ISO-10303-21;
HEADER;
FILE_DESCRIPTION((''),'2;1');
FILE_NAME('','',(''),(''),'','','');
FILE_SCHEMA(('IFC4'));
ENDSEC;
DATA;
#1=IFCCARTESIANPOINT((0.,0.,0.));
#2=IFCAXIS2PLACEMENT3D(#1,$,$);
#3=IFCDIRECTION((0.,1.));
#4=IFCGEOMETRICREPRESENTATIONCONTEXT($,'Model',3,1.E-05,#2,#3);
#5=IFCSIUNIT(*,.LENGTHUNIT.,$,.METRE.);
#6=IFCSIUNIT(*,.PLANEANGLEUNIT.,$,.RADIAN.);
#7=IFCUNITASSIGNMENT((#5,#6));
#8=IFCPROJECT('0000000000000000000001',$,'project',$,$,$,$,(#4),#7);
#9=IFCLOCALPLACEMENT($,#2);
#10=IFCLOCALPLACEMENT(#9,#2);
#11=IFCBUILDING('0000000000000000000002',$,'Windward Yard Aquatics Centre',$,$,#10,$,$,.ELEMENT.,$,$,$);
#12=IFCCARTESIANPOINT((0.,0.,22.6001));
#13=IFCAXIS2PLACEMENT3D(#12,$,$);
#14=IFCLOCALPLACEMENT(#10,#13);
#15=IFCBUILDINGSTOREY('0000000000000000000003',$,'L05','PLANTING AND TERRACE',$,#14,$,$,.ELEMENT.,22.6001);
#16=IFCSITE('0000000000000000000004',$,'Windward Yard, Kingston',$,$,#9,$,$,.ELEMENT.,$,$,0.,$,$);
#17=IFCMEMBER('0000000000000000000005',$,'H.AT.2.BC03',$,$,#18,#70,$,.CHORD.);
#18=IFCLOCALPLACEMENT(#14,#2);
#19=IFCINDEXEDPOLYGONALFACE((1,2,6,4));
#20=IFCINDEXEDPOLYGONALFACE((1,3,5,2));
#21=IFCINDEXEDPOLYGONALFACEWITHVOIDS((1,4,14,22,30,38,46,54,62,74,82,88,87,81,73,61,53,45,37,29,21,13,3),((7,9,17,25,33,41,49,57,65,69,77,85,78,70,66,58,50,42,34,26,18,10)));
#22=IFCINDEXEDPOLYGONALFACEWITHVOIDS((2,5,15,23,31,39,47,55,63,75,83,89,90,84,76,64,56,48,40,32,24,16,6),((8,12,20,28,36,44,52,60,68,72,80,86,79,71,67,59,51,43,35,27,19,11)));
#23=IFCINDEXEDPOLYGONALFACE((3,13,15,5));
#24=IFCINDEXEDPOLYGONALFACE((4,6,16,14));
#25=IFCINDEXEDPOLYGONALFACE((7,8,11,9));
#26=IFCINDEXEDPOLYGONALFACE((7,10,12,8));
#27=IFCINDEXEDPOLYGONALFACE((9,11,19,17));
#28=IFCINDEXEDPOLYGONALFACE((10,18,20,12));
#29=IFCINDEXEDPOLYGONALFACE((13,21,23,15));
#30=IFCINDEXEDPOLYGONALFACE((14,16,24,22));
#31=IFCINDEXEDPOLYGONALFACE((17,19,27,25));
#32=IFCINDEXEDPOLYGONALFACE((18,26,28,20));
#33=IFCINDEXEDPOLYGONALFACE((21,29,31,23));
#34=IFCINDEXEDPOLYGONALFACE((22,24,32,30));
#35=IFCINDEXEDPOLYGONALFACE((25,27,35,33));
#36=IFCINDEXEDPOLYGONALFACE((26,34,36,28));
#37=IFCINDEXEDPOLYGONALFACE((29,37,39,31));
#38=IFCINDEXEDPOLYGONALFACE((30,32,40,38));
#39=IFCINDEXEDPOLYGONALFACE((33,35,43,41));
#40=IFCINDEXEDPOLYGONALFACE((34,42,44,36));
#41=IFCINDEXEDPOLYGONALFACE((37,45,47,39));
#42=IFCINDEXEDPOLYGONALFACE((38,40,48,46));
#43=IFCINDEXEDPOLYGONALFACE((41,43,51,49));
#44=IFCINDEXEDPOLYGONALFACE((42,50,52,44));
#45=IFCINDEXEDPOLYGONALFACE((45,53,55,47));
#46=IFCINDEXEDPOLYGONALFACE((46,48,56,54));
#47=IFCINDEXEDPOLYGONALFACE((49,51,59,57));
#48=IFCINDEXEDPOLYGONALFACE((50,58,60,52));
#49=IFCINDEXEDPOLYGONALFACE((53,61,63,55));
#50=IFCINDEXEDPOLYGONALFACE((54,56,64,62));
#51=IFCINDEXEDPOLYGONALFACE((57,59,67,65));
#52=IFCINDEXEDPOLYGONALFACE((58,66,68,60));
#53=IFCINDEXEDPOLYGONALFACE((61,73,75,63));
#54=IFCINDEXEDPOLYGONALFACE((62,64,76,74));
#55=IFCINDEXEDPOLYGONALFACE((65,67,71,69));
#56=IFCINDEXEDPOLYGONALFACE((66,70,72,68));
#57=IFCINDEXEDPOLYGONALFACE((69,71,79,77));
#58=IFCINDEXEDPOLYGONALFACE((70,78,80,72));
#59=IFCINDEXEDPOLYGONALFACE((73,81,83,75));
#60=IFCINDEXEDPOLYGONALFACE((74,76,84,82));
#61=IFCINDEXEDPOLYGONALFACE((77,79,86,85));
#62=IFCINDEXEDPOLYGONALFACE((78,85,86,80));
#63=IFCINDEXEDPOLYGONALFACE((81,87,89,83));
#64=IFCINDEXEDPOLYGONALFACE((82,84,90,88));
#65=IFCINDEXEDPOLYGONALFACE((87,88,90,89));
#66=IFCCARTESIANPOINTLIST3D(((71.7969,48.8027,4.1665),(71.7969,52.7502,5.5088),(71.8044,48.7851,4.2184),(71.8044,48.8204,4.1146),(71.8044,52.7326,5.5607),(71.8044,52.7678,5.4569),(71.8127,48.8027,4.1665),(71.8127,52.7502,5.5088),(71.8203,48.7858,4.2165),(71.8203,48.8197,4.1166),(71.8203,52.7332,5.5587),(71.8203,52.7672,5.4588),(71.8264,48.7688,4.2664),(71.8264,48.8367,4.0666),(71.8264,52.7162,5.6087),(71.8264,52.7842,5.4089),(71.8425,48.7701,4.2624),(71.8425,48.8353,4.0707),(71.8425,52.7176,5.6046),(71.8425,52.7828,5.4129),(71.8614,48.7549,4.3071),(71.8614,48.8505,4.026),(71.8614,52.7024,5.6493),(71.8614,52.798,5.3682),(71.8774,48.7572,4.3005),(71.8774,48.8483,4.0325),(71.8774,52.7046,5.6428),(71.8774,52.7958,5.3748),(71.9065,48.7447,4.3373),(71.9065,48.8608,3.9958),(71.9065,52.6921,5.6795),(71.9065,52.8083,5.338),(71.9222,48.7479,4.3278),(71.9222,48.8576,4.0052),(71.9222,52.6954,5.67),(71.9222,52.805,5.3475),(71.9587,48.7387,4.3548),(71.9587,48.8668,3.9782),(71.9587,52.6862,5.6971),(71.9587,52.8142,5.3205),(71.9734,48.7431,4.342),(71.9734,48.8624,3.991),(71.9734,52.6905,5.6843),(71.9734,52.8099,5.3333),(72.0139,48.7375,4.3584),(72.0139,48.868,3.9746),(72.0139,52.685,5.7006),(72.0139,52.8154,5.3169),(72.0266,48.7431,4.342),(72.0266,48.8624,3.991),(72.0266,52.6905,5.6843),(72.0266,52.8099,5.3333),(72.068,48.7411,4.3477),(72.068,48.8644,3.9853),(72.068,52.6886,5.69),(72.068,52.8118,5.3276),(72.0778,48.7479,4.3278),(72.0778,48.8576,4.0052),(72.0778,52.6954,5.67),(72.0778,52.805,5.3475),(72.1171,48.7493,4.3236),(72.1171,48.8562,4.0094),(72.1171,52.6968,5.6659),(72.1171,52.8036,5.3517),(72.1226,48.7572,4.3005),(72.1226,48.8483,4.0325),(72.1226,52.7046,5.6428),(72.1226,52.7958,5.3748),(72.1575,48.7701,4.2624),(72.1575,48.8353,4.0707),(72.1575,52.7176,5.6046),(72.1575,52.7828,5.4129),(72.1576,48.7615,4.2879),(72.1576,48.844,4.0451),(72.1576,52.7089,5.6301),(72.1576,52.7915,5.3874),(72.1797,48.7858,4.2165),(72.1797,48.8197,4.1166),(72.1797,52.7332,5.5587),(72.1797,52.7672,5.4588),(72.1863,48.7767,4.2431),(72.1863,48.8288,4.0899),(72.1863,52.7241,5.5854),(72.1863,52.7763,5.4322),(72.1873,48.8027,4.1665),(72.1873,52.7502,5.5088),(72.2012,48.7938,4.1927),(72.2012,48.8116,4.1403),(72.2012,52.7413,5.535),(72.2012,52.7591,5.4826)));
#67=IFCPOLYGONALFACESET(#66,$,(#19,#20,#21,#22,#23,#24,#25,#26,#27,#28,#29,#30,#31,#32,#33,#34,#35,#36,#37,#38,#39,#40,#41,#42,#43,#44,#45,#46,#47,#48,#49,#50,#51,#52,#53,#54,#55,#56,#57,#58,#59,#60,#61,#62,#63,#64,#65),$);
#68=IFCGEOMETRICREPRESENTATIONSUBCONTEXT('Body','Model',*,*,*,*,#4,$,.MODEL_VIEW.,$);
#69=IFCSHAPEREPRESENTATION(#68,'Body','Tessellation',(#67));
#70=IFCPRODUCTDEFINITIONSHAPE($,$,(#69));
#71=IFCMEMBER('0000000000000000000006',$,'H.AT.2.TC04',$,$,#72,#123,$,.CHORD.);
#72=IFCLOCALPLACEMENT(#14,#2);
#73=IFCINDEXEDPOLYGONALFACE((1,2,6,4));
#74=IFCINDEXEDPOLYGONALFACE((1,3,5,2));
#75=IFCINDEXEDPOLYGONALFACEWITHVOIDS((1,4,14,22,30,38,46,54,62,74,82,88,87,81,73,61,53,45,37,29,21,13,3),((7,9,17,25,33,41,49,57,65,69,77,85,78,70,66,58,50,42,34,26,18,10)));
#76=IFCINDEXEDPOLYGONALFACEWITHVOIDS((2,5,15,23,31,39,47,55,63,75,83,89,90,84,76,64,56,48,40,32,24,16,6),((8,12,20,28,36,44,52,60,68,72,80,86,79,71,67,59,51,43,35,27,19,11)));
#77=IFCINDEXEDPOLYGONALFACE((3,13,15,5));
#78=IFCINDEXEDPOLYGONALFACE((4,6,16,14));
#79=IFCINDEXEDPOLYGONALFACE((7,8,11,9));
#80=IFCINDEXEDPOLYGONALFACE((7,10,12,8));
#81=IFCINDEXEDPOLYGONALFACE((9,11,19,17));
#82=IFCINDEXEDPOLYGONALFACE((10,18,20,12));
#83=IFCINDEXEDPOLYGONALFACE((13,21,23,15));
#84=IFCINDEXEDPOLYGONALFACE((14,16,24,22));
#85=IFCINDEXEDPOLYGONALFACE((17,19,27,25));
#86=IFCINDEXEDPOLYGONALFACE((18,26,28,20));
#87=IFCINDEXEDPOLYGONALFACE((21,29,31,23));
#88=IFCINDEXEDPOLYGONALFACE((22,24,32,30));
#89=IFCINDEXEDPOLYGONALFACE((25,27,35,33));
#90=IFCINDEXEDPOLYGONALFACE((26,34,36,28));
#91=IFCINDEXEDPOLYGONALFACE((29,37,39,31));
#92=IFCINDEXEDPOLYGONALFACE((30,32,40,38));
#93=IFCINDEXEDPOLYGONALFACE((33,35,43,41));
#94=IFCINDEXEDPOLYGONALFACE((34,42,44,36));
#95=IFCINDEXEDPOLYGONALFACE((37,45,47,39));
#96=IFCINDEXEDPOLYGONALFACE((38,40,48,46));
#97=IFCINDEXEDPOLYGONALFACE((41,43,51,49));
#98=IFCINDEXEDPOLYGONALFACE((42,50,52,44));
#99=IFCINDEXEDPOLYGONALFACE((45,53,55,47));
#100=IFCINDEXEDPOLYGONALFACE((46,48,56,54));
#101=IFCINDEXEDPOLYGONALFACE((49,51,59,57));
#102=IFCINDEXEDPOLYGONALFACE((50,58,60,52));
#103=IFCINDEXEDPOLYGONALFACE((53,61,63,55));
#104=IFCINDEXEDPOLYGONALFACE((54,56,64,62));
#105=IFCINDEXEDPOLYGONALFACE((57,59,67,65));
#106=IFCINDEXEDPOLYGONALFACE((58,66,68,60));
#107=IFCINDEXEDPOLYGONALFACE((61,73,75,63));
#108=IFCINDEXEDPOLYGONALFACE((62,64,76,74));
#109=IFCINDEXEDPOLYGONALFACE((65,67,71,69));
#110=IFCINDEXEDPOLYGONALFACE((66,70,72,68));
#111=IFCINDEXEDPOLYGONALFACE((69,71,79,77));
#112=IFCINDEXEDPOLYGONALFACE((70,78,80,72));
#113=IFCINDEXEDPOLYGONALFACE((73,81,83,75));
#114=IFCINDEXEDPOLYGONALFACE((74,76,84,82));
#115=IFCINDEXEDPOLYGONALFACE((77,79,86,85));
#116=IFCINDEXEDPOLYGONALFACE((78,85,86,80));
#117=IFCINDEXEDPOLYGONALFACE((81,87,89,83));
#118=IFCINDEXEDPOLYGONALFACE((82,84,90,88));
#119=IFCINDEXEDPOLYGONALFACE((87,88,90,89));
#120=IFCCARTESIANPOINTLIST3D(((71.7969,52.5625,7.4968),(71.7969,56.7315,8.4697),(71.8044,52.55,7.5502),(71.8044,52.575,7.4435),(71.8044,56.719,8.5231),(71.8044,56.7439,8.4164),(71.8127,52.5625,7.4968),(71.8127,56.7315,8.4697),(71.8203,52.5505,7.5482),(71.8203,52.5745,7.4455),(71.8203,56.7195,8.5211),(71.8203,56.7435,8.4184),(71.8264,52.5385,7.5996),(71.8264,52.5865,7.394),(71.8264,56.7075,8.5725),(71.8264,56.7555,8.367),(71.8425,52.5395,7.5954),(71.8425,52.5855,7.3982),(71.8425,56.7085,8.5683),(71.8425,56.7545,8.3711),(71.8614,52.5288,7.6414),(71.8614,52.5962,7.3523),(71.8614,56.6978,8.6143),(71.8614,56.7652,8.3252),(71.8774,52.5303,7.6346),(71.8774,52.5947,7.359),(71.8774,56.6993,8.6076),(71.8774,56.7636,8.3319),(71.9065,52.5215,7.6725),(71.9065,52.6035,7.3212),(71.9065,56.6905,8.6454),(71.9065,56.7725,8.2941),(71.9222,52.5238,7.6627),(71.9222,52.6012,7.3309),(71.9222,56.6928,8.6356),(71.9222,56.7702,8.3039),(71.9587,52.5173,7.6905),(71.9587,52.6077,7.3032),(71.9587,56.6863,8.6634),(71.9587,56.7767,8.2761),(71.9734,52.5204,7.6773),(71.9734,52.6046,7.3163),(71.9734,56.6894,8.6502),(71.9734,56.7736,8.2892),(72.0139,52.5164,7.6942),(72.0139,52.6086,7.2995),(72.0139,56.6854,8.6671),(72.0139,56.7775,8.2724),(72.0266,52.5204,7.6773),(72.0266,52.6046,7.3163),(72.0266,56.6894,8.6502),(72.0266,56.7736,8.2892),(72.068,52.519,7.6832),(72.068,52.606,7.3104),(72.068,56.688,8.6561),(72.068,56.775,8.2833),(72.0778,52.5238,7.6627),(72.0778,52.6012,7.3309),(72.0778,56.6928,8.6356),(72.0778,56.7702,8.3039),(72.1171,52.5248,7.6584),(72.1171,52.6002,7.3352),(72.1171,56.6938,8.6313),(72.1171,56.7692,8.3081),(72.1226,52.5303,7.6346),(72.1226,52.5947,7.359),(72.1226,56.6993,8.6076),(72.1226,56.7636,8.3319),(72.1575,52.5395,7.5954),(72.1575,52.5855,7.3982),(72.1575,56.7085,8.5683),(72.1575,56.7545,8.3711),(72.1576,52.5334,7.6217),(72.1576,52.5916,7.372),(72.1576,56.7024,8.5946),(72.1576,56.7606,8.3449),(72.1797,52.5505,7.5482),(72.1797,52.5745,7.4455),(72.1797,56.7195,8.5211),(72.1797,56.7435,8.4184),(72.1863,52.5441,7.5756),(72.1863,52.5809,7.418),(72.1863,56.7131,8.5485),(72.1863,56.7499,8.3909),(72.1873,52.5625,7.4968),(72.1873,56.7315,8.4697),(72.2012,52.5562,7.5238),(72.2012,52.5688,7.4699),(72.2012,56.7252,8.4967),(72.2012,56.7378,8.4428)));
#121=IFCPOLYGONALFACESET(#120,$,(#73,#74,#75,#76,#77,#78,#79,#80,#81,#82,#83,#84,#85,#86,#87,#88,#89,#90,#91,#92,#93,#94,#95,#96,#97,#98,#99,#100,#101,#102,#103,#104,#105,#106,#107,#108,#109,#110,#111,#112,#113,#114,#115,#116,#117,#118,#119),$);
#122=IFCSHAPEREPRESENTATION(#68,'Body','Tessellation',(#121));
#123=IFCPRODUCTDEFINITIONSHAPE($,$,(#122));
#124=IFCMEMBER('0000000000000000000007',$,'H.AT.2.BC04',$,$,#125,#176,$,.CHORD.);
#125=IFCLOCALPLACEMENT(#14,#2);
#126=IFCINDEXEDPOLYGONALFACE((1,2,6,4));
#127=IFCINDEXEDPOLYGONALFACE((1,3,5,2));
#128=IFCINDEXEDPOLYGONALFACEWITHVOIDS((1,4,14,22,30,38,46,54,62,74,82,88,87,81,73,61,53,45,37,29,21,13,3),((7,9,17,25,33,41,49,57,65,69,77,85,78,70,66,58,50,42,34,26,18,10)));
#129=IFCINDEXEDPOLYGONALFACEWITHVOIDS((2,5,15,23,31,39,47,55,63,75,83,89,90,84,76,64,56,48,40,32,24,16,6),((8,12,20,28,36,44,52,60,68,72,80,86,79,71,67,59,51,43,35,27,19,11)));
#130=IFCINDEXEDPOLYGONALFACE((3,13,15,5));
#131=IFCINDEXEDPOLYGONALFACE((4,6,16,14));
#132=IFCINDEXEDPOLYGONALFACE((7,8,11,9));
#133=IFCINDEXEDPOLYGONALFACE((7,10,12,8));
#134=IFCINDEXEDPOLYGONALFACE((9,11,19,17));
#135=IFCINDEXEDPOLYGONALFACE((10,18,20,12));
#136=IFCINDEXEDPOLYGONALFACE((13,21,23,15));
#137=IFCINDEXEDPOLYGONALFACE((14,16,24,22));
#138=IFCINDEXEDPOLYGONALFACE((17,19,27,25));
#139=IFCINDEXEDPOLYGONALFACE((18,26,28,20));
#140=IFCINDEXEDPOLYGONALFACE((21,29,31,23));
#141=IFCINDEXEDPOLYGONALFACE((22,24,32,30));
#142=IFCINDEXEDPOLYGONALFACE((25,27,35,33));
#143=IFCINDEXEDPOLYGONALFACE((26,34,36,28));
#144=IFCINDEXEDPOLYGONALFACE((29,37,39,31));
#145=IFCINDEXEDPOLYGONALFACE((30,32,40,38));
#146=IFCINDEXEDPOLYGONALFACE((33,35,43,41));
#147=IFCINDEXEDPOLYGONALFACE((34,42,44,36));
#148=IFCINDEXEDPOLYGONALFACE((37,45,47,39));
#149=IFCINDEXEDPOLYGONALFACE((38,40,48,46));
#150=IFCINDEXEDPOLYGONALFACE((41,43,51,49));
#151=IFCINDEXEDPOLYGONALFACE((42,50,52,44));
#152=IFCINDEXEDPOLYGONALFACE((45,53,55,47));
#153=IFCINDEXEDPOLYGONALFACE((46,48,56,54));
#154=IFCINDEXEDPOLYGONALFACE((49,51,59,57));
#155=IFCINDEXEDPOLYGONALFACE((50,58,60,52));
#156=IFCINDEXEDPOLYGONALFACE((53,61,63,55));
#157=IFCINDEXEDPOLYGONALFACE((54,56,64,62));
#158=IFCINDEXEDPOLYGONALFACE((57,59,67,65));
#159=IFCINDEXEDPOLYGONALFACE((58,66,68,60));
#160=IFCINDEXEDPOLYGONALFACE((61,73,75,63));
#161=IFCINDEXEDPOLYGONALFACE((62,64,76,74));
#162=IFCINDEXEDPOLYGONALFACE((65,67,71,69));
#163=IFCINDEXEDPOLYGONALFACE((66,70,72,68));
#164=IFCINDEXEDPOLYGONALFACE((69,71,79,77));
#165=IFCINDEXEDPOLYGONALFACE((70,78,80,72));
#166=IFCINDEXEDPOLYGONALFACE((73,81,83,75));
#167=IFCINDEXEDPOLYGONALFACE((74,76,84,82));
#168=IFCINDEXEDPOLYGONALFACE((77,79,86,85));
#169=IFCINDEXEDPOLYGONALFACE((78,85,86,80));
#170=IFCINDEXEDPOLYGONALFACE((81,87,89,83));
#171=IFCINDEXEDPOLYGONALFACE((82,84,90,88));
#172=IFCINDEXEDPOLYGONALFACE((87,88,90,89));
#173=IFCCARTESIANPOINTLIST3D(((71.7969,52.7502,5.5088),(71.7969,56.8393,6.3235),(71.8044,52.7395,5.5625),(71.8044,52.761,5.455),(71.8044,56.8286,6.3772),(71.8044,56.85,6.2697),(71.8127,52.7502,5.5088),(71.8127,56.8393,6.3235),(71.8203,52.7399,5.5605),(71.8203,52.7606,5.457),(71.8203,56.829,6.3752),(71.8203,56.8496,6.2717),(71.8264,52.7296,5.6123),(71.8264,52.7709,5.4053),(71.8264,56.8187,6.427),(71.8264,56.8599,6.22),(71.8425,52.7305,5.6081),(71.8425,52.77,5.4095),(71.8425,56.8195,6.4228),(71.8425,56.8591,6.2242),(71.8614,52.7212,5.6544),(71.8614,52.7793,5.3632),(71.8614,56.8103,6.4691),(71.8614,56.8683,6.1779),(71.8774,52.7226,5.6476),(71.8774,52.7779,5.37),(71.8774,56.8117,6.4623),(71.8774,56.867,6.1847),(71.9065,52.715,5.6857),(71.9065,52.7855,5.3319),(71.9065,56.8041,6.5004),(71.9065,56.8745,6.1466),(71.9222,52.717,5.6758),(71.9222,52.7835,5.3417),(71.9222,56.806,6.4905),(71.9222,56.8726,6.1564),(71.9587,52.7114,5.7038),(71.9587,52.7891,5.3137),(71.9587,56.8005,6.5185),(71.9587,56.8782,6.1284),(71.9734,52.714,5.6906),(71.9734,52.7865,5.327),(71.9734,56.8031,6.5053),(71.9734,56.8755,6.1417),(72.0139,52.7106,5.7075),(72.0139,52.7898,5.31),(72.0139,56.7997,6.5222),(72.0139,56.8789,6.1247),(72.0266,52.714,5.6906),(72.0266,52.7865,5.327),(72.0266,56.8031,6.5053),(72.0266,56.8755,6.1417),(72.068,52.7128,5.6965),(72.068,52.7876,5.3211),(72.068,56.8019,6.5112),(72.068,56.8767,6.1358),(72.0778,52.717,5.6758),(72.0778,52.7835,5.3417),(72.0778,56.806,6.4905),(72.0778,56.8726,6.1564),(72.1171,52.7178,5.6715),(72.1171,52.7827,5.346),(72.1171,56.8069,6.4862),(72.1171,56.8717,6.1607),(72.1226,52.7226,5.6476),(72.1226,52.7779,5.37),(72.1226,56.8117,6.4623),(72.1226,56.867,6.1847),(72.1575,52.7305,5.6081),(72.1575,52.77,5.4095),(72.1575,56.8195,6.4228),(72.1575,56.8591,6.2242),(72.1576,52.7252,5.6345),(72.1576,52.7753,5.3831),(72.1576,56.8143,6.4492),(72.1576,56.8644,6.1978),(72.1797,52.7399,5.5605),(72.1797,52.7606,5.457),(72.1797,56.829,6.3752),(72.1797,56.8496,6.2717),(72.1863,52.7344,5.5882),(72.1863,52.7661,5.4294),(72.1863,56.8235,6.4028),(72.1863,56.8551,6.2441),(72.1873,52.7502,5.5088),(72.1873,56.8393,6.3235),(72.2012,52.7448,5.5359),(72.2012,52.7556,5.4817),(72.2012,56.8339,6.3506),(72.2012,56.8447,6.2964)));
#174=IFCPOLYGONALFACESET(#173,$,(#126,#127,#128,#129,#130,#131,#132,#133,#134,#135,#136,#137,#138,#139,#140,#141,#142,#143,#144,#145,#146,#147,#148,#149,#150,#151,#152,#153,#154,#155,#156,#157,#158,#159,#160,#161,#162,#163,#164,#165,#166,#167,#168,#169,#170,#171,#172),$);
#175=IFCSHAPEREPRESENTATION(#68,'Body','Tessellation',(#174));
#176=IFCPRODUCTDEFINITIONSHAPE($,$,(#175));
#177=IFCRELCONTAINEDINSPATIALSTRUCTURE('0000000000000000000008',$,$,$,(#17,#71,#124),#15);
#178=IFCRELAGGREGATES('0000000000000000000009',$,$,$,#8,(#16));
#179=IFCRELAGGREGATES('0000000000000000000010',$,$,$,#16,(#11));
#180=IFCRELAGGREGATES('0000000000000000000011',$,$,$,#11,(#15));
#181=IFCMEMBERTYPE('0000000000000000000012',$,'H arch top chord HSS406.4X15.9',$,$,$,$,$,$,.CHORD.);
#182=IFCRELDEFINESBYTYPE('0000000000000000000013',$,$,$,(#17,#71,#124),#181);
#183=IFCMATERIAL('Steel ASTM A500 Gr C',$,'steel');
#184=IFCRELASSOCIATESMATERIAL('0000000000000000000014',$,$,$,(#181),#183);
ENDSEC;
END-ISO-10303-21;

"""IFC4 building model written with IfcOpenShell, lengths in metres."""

from ifc_helpers import new_model, si_unit, direction, frame, origin, origin_2d, place, context, subcontext, project, spatial, hollow_circle, extrude, material, material_profile, profile_set, type_object, element, save


model = new_model("IFC4")

# Units and contexts
model_context = context("Model", 3, precision=1e-05, world=origin(), true_north=direction((0.0, 1.0)))
body_context = subcontext(model_context, "Body", "Model", "MODEL_VIEW")
ifc_project = project(units=[si_unit("LENGTHUNIT", "METRE"), si_unit("PLANEANGLEUNIT", "RADIAN")], contexts=[model_context])

# Site, building, storey
site_placement = place(None, origin())
site = spatial("IfcSite", under=ifc_project, at=site_placement, Name="Windward Yard, Kingston", CompositionType="ELEMENT", RefElevation=0.0)
building_placement = place(site_placement, origin())
building = spatial("IfcBuilding", under=site, at=building_placement, Name="Windward Yard Aquatics Centre", CompositionType="ELEMENT")
storey_placement = place(building_placement, frame((0.0, 0.0, 22.6001)))
storey = spatial("IfcBuildingStorey", under=building, at=storey_placement, Name="L05", Description="PLANTING AND TERRACE", CompositionType="ELEMENT", Elevation=22.6001)

# Members
ifc_material_1 = material(Name="Steel ASTM A500 Gr C", Category="steel")
ifc_material_profile_1 = material_profile(ifc_material_1, hollow_circle(Radius=0.2031, WallThickness=0.0159, at=origin_2d()), Name="HSS406.4X15.9")
ifc_profile_set_1 = profile_set([ifc_material_profile_1], Name="Steel ASTM A500 Gr C")
member_type_1 = type_object("IfcMemberType", Name="H arch top chord HSS406.4X15.9", PredefinedType="CHORD", material=ifc_profile_set_1)
member_1_placement = place(storey_placement, frame((72.0, 48.8027, 4.1665), z_axis=(0.0, 0.946763, 0.321931), x_axis=(-1.0, 0.0, 0.0)))
element("IfcMember", 1, at=member_1_placement, inside=storey, type_object=member_type_1, Name="H.AT.2.BC03", PredefinedType="CHORD", context=body_context, shape_type="SweptSolid", body=[
    extrude(hollow_circle(Radius=0.2031, WallThickness=0.0159, at=origin_2d()), origin(), (0.0, 0.0, 1.0), 4.1694),
])
member_2_placement = place(storey_placement, frame((72.0, 52.5625, 7.4968), z_axis=(0.0, 0.973834, 0.227262), x_axis=(-1.0, 0.0, 0.0)))
element("IfcMember", 2, at=member_2_placement, inside=storey, type_object=member_type_1, Name="H.AT.2.TC04", PredefinedType="CHORD", context=body_context, shape_type="SweptSolid", body=[
    extrude(hollow_circle(Radius=0.2031, WallThickness=0.0159, at=origin_2d()), origin(), (0.0, 0.0, 1.0), 4.281),
])
member_3_placement = place(storey_placement, frame((72.0, 52.7502, 5.5088), z_axis=(0.0, 0.980725, 0.195395), x_axis=(-1.0, 0.0, 0.0)))
element("IfcMember", 3, at=member_3_placement, inside=storey, type_object=member_type_1, Name="H.AT.2.BC04", PredefinedType="CHORD", context=body_context, shape_type="SweptSolid", body=[
    extrude(hollow_circle(Radius=0.2031, WallThickness=0.0159, at=origin_2d()), origin(), (0.0, 0.0, 1.0), 4.1694),
])

save(model, "model.ifc")
